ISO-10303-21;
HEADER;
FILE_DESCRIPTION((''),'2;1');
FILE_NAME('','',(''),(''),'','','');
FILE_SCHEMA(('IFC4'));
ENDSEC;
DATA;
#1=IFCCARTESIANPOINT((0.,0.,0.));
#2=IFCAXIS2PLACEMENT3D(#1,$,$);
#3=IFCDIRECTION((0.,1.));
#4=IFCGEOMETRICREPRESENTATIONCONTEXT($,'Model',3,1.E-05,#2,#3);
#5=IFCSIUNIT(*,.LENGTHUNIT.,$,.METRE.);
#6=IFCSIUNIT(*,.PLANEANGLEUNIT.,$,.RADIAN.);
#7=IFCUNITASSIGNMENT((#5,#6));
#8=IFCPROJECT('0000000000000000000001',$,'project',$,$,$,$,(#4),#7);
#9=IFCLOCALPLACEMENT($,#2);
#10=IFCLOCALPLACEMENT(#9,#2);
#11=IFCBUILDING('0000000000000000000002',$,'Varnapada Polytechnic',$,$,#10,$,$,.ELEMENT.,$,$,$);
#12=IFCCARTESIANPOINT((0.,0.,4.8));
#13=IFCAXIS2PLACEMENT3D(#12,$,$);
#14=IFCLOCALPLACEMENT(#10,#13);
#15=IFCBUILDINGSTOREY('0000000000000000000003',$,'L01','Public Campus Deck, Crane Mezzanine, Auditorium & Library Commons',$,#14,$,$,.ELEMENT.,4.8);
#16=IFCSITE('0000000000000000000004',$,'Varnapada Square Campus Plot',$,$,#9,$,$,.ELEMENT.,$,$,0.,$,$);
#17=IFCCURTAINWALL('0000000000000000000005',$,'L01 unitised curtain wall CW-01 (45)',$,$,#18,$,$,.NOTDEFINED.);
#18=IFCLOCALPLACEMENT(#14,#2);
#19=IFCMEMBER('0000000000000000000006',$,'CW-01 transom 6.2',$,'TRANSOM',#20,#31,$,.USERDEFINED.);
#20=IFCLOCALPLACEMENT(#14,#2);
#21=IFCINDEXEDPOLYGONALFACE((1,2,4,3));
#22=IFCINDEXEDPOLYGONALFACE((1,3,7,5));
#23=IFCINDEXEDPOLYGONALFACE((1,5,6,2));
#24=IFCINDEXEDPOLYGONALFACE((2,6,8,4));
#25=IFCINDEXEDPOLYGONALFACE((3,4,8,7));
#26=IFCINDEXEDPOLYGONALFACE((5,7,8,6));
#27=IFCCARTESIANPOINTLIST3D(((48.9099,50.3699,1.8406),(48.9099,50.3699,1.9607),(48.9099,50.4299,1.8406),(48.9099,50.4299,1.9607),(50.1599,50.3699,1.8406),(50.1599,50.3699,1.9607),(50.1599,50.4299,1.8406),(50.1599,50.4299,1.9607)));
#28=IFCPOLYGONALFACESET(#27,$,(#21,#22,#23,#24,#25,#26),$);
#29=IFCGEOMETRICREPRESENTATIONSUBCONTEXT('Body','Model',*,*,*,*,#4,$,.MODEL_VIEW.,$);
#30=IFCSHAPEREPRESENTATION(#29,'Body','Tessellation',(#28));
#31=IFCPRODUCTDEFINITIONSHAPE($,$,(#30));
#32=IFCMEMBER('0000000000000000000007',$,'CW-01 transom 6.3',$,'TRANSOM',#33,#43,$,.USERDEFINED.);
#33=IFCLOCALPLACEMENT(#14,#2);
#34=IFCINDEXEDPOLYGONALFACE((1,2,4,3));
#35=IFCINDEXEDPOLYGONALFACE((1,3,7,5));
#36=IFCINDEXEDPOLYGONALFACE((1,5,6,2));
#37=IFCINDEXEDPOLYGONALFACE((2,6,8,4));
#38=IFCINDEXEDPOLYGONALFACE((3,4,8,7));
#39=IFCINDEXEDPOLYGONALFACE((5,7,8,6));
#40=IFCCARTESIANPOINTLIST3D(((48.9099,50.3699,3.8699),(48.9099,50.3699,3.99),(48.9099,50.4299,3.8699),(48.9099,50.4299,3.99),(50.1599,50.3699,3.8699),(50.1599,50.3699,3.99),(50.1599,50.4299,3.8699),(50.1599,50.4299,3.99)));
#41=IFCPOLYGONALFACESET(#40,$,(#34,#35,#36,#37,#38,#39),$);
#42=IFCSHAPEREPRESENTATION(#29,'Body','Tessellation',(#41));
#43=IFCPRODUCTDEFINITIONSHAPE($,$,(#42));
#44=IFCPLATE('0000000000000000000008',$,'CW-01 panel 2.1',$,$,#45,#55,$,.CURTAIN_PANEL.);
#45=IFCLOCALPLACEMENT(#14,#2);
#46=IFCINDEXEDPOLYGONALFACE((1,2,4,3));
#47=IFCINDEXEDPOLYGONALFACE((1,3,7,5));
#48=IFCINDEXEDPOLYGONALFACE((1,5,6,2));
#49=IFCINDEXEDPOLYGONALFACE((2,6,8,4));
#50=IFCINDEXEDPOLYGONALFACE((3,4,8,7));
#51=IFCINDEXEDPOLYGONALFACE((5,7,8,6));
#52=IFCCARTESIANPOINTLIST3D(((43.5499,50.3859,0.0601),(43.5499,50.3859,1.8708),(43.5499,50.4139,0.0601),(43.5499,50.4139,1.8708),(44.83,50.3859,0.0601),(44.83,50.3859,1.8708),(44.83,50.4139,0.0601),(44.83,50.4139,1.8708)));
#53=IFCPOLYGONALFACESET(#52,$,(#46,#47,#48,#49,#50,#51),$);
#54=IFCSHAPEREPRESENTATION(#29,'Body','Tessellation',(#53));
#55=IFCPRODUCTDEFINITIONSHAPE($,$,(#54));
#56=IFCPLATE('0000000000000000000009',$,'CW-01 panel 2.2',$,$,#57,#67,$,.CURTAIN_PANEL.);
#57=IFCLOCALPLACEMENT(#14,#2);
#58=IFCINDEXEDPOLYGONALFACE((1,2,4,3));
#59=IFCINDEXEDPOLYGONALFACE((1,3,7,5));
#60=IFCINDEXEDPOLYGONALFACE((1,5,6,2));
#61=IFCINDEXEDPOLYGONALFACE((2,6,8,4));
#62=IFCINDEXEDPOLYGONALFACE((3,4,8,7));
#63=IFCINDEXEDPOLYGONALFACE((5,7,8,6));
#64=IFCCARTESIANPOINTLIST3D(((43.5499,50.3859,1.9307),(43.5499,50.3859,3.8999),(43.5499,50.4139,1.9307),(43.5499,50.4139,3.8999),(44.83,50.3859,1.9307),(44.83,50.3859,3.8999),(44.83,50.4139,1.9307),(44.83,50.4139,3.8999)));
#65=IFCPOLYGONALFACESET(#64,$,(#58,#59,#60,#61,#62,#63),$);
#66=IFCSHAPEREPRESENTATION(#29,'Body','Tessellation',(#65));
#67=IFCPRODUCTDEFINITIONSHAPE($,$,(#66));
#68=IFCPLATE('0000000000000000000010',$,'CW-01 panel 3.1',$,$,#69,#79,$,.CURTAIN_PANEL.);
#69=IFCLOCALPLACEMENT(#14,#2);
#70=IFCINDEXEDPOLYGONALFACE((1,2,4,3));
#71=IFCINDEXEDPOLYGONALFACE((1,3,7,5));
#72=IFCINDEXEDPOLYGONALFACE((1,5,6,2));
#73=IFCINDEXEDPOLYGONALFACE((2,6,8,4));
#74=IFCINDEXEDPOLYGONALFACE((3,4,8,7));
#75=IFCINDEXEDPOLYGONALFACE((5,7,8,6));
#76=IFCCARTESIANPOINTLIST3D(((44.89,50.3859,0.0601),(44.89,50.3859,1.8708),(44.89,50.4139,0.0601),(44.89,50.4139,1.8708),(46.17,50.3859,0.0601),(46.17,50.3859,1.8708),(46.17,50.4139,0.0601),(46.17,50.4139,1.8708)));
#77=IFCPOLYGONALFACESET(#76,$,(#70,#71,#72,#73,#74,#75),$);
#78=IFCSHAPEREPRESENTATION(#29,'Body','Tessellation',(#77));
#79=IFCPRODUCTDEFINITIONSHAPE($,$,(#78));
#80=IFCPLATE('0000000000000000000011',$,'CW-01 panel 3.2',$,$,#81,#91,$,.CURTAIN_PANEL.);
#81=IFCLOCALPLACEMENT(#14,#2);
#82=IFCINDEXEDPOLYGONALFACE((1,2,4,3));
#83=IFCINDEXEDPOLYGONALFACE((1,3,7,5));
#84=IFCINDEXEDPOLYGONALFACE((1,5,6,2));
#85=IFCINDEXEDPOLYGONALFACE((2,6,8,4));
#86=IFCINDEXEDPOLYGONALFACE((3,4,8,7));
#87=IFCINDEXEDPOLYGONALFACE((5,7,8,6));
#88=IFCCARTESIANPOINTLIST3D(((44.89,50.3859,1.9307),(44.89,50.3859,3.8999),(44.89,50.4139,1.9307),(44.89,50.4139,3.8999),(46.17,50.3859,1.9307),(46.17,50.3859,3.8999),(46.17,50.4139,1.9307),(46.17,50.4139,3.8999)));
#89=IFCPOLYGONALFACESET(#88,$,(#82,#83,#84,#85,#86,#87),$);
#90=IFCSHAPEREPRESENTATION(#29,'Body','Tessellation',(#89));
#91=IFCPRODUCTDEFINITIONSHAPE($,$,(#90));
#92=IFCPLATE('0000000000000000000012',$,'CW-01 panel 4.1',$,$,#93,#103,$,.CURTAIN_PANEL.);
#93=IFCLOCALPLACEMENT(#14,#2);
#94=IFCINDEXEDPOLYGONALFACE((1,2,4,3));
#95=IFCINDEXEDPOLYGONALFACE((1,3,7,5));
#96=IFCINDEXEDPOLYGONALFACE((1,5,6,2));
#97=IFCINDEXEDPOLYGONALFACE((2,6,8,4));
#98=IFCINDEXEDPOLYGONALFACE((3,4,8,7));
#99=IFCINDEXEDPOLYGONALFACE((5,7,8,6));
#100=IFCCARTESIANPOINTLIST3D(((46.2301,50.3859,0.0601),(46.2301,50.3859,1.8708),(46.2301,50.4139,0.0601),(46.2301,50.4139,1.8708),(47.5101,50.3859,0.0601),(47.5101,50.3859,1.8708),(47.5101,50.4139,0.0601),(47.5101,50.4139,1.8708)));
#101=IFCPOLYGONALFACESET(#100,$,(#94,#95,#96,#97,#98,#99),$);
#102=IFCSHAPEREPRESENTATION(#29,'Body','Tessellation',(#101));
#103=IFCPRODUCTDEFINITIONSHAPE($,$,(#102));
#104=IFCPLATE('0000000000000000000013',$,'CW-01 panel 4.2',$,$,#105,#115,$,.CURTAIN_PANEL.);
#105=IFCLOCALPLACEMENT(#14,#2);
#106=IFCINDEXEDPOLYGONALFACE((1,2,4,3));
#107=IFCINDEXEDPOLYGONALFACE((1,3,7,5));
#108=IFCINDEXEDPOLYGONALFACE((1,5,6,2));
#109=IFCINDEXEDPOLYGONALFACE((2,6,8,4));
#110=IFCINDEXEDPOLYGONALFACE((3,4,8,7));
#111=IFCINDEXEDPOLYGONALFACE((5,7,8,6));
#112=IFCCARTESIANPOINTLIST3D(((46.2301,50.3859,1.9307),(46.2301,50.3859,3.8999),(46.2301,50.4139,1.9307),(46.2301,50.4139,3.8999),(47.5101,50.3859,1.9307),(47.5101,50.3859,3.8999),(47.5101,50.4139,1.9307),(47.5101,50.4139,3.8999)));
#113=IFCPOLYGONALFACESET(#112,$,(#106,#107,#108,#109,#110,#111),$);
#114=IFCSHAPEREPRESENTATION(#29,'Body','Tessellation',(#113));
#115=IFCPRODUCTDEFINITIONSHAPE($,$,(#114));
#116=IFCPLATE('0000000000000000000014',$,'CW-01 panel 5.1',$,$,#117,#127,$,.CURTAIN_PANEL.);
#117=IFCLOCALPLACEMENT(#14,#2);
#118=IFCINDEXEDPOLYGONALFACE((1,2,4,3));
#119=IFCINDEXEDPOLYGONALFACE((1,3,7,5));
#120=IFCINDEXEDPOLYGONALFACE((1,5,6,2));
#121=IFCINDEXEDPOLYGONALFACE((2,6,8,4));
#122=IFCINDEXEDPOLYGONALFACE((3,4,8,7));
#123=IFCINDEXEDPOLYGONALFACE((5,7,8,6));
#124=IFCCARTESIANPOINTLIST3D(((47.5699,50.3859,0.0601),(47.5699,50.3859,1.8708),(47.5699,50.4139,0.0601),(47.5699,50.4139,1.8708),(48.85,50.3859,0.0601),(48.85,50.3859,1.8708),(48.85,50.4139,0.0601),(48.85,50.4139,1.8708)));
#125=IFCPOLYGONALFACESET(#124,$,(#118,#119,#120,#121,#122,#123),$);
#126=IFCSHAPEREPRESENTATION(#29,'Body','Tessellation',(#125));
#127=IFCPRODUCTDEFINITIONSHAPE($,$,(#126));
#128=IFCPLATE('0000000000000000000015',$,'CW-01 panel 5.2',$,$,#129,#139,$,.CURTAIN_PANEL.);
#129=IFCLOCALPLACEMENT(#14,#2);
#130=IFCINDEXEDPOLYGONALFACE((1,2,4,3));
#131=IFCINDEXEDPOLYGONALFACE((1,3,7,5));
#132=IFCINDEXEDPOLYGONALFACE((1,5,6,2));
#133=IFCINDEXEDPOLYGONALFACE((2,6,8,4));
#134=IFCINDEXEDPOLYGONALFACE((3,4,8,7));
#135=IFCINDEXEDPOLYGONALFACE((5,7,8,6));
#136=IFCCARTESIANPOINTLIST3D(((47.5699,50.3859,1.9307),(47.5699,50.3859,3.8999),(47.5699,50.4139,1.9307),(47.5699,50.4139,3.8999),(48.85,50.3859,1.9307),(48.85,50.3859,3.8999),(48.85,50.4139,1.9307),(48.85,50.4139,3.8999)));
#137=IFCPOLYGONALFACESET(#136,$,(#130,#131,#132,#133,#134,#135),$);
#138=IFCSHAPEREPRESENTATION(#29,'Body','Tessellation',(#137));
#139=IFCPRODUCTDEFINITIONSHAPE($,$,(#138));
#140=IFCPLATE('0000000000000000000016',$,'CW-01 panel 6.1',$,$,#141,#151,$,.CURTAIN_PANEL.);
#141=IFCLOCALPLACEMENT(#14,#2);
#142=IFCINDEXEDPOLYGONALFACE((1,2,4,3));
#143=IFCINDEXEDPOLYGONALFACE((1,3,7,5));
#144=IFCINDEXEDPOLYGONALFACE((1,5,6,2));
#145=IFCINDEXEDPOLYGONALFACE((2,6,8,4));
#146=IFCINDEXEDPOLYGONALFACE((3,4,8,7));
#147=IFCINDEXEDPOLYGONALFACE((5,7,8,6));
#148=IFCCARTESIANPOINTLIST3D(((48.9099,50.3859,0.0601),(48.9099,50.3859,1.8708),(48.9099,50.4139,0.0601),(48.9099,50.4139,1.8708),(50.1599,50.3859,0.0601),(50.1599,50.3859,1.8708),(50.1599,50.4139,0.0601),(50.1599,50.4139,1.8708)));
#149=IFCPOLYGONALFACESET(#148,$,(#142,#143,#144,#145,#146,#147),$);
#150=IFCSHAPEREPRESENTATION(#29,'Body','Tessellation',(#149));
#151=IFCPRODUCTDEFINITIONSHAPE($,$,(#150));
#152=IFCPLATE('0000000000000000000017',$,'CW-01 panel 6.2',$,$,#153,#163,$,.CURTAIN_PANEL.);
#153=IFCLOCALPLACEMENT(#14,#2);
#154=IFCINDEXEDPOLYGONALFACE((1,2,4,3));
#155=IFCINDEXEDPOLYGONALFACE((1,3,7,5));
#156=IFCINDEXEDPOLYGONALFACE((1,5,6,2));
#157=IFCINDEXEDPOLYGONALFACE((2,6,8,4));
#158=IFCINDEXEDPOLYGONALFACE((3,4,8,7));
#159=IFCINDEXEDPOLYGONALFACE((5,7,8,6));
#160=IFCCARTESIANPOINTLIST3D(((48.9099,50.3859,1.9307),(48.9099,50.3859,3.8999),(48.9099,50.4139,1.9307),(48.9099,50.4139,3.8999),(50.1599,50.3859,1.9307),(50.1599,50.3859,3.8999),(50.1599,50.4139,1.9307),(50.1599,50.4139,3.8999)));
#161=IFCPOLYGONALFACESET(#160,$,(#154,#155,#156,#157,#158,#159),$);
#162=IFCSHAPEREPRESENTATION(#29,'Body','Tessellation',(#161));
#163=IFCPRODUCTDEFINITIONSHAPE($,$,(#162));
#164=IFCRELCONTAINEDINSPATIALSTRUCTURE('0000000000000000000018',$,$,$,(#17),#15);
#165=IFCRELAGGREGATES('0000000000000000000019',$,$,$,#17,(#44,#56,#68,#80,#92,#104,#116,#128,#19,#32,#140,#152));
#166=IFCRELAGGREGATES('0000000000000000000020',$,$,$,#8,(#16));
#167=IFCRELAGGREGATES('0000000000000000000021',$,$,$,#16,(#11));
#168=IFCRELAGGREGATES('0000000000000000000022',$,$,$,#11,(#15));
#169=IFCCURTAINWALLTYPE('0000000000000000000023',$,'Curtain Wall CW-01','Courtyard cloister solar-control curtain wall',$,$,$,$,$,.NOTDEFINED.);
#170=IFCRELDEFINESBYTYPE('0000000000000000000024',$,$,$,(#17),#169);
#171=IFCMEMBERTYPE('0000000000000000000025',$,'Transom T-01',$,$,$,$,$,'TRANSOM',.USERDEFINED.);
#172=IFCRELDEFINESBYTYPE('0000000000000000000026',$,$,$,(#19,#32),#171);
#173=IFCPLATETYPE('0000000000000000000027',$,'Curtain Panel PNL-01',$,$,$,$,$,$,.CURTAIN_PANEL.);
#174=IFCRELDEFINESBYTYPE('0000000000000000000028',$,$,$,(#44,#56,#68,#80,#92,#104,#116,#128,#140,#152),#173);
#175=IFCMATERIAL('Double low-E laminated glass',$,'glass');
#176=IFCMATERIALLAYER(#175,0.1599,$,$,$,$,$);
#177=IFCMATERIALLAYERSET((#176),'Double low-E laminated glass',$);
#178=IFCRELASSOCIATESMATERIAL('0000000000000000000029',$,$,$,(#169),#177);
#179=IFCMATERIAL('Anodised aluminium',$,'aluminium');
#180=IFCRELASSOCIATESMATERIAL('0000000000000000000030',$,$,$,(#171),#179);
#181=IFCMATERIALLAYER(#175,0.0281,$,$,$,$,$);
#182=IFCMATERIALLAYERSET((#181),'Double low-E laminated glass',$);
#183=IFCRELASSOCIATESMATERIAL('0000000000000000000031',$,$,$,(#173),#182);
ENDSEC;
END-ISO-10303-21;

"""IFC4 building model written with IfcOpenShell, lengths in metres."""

from ifc_helpers import new_model, si_unit, direction, frame, origin, origin_2d, place, context, subcontext, project, spatial, rectangle, extrude, material, layer, layer_set, material_profile, profile_set, type_object, element, aggregate, save


model = new_model("IFC4")

# Units and contexts
model_context = context("Model", 3, precision=1e-05, world=origin(), true_north=direction((0.0, 1.0)))
body_context = subcontext(model_context, "Body", "Model", "MODEL_VIEW")
ifc_project = project(units=[si_unit("LENGTHUNIT", "METRE"), si_unit("PLANEANGLEUNIT", "RADIAN")], contexts=[model_context])

# Site, building, storey
site_placement = place(None, origin())
site = spatial("IfcSite", under=ifc_project, at=site_placement, Name="Varnapada Square Campus Plot", CompositionType="ELEMENT", RefElevation=0.0)
building_placement = place(site_placement, origin())
building = spatial("IfcBuilding", under=site, at=building_placement, Name="Varnapada Polytechnic", CompositionType="ELEMENT")
storey_placement = place(building_placement, frame((0.0, 0.0, 4.8)))
storey = spatial("IfcBuildingStorey", under=building, at=storey_placement, Name="L01", Description="Public Campus Deck, Crane Mezzanine, Auditorium & Library Commons", CompositionType="ELEMENT", Elevation=4.8)

# Curtain wall, members, plates
ifc_material_1 = material(Name="Double low-E laminated glass", Category="glass")
ifc_layer_1 = layer(ifc_material_1, 0.1599)
ifc_layer_set_1 = layer_set([ifc_layer_1], Name="Double low-E laminated glass")
curtain_wall_type = type_object("IfcCurtainWallType", Name="Curtain Wall CW-01", Description="Courtyard cloister solar-control curtain wall", PredefinedType="NOTDEFINED", material=ifc_layer_set_1)
curtain_wall_placement = place(storey_placement, origin())
curtain_wall = element("IfcCurtainWall", 1, at=curtain_wall_placement, inside=storey, type_object=curtain_wall_type, Name="L01 unitised curtain wall CW-01 (45)", PredefinedType="NOTDEFINED")
ifc_material_2 = material(Name="Anodised aluminium", Category="aluminium")
ifc_material_profile_1 = material_profile(ifc_material_2, rectangle(XDim=0.0601, YDim=0.1201, at=origin_2d()), Name="ALU T60x120")
ifc_profile_set_1 = profile_set([ifc_material_profile_1], Name="Anodised aluminium")
member_type_1 = type_object("IfcMemberType", Name="Transom T-01", ElementType="TRANSOM", PredefinedType="USERDEFINED", material=ifc_profile_set_1)
member_1_placement = place(storey_placement, frame((48.9099, 50.3999, 1.9006), z_axis=(1.0, 0.0, 0.0), x_axis=(0.0, 1.0, 0.0)))
member_1 = element("IfcMember", 2, at=member_1_placement, type_object=member_type_1, Name="CW-01 transom 6.2", ObjectType="TRANSOM", PredefinedType="USERDEFINED", context=body_context, shape_type="SweptSolid", body=[
    extrude(rectangle(XDim=0.0601, YDim=0.1201, at=origin_2d()), origin(), (0.0, 0.0, 1.0), 1.25),
])
member_2_placement = place(storey_placement, frame((48.9099, 50.3999, 3.9299), z_axis=(1.0, 0.0, 0.0), x_axis=(0.0, 1.0, 0.0)))
member_2 = element("IfcMember", 3, at=member_2_placement, type_object=member_type_1, Name="CW-01 transom 6.3", ObjectType="TRANSOM", PredefinedType="USERDEFINED", context=body_context, shape_type="SweptSolid", body=[
    extrude(rectangle(XDim=0.0601, YDim=0.1201, at=origin_2d()), origin(), (0.0, 0.0, 1.0), 1.25),
])
ifc_layer_2 = layer(ifc_material_1, 0.0281)
ifc_layer_set_2 = layer_set([ifc_layer_2], Name="Double low-E laminated glass")
plate_type = type_object("IfcPlateType", Name="Curtain Panel PNL-01", PredefinedType="CURTAIN_PANEL", material=ifc_layer_set_2)
plate_1_placement = place(storey_placement, frame((44.1899, 50.3999, 0.0601), z_axis=(0.0, 0.0, 1.0), x_axis=(1.0, 0.0, 0.0)))
plate_1 = element("IfcPlate", 4, at=plate_1_placement, type_object=plate_type, Name="CW-01 panel 2.1", PredefinedType="CURTAIN_PANEL", context=body_context, shape_type="SweptSolid", body=[
    extrude(rectangle(XDim=1.28, YDim=0.0281, at=origin_2d()), origin(), (0.0, 0.0, 1.0), 1.8108),
])
plate_2_placement = place(storey_placement, frame((44.1899, 50.3999, 1.9307), z_axis=(0.0, 0.0, 1.0), x_axis=(1.0, 0.0, 0.0)))
plate_2 = element("IfcPlate", 5, at=plate_2_placement, type_object=plate_type, Name="CW-01 panel 2.2", PredefinedType="CURTAIN_PANEL", context=body_context, shape_type="SweptSolid", body=[
    extrude(rectangle(XDim=1.28, YDim=0.0281, at=origin_2d()), origin(), (0.0, 0.0, 1.0), 1.9692),
])
plate_3_placement = place(storey_placement, frame((45.53, 50.3999, 0.0601), z_axis=(0.0, 0.0, 1.0), x_axis=(1.0, 0.0, 0.0)))
plate_3 = element("IfcPlate", 6, at=plate_3_placement, type_object=plate_type, Name="CW-01 panel 3.1", PredefinedType="CURTAIN_PANEL", context=body_context, shape_type="SweptSolid", body=[
    extrude(rectangle(XDim=1.28, YDim=0.0281, at=origin_2d()), origin(), (0.0, 0.0, 1.0), 1.8108),
])
plate_4_placement = place(storey_placement, frame((45.53, 50.3999, 1.9307), z_axis=(0.0, 0.0, 1.0), x_axis=(1.0, 0.0, 0.0)))
plate_4 = element("IfcPlate", 7, at=plate_4_placement, type_object=plate_type, Name="CW-01 panel 3.2", PredefinedType="CURTAIN_PANEL", context=body_context, shape_type="SweptSolid", body=[
    extrude(rectangle(XDim=1.28, YDim=0.0281, at=origin_2d()), origin(), (0.0, 0.0, 1.0), 1.9692),
])
plate_5_placement = place(storey_placement, frame((46.8701, 50.3999, 0.0601), z_axis=(0.0, 0.0, 1.0), x_axis=(1.0, 0.0, 0.0)))
plate_5 = element("IfcPlate", 8, at=plate_5_placement, type_object=plate_type, Name="CW-01 panel 4.1", PredefinedType="CURTAIN_PANEL", context=body_context, shape_type="SweptSolid", body=[
    extrude(rectangle(XDim=1.28, YDim=0.0281, at=origin_2d()), origin(), (0.0, 0.0, 1.0), 1.8108),
])
plate_6_placement = place(storey_placement, frame((46.8701, 50.3999, 1.9307), z_axis=(0.0, 0.0, 1.0), x_axis=(1.0, 0.0, 0.0)))
plate_6 = element("IfcPlate", 9, at=plate_6_placement, type_object=plate_type, Name="CW-01 panel 4.2", PredefinedType="CURTAIN_PANEL", context=body_context, shape_type="SweptSolid", body=[
    extrude(rectangle(XDim=1.28, YDim=0.0281, at=origin_2d()), origin(), (0.0, 0.0, 1.0), 1.9692),
])
plate_7_placement = place(storey_placement, frame((48.21, 50.3999, 0.0601), z_axis=(0.0, 0.0, 1.0), x_axis=(1.0, 0.0, 0.0)))
plate_7 = element("IfcPlate", 10, at=plate_7_placement, type_object=plate_type, Name="CW-01 panel 5.1", PredefinedType="CURTAIN_PANEL", context=body_context, shape_type="SweptSolid", body=[
    extrude(rectangle(XDim=1.28, YDim=0.0281, at=origin_2d()), origin(), (0.0, 0.0, 1.0), 1.8108),
])
plate_8_placement = place(storey_placement, frame((48.21, 50.3999, 1.9307), z_axis=(0.0, 0.0, 1.0), x_axis=(1.0, 0.0, 0.0)))
plate_8 = element("IfcPlate", 11, at=plate_8_placement, type_object=plate_type, Name="CW-01 panel 5.2", PredefinedType="CURTAIN_PANEL", context=body_context, shape_type="SweptSolid", body=[
    extrude(rectangle(XDim=1.28, YDim=0.0281, at=origin_2d()), origin(), (0.0, 0.0, 1.0), 1.9692),
])
plate_9_placement = place(storey_placement, frame((49.5349, 50.3999, 0.0601), z_axis=(0.0, 0.0, 1.0), x_axis=(1.0, 0.0, 0.0)))
plate_9 = element("IfcPlate", 12, at=plate_9_placement, type_object=plate_type, Name="CW-01 panel 6.1", PredefinedType="CURTAIN_PANEL", context=body_context, shape_type="SweptSolid", body=[
    extrude(rectangle(XDim=1.25, YDim=0.0281, at=origin_2d()), origin(), (0.0, 0.0, 1.0), 1.8108),
])
plate_10_placement = place(storey_placement, frame((49.5349, 50.3999, 1.9307), z_axis=(0.0, 0.0, 1.0), x_axis=(1.0, 0.0, 0.0)))
plate_10 = element("IfcPlate", 13, at=plate_10_placement, type_object=plate_type, Name="CW-01 panel 6.2", PredefinedType="CURTAIN_PANEL", context=body_context, shape_type="SweptSolid", body=[
    extrude(rectangle(XDim=1.25, YDim=0.0281, at=origin_2d()), origin(), (0.0, 0.0, 1.0), 1.9692),
])
aggregate(curtain_wall, [plate_1, plate_2, plate_3, plate_4, plate_5, plate_6, plate_7, plate_8, member_1, member_2, plate_9, plate_10])

save(model, "model.ifc")
